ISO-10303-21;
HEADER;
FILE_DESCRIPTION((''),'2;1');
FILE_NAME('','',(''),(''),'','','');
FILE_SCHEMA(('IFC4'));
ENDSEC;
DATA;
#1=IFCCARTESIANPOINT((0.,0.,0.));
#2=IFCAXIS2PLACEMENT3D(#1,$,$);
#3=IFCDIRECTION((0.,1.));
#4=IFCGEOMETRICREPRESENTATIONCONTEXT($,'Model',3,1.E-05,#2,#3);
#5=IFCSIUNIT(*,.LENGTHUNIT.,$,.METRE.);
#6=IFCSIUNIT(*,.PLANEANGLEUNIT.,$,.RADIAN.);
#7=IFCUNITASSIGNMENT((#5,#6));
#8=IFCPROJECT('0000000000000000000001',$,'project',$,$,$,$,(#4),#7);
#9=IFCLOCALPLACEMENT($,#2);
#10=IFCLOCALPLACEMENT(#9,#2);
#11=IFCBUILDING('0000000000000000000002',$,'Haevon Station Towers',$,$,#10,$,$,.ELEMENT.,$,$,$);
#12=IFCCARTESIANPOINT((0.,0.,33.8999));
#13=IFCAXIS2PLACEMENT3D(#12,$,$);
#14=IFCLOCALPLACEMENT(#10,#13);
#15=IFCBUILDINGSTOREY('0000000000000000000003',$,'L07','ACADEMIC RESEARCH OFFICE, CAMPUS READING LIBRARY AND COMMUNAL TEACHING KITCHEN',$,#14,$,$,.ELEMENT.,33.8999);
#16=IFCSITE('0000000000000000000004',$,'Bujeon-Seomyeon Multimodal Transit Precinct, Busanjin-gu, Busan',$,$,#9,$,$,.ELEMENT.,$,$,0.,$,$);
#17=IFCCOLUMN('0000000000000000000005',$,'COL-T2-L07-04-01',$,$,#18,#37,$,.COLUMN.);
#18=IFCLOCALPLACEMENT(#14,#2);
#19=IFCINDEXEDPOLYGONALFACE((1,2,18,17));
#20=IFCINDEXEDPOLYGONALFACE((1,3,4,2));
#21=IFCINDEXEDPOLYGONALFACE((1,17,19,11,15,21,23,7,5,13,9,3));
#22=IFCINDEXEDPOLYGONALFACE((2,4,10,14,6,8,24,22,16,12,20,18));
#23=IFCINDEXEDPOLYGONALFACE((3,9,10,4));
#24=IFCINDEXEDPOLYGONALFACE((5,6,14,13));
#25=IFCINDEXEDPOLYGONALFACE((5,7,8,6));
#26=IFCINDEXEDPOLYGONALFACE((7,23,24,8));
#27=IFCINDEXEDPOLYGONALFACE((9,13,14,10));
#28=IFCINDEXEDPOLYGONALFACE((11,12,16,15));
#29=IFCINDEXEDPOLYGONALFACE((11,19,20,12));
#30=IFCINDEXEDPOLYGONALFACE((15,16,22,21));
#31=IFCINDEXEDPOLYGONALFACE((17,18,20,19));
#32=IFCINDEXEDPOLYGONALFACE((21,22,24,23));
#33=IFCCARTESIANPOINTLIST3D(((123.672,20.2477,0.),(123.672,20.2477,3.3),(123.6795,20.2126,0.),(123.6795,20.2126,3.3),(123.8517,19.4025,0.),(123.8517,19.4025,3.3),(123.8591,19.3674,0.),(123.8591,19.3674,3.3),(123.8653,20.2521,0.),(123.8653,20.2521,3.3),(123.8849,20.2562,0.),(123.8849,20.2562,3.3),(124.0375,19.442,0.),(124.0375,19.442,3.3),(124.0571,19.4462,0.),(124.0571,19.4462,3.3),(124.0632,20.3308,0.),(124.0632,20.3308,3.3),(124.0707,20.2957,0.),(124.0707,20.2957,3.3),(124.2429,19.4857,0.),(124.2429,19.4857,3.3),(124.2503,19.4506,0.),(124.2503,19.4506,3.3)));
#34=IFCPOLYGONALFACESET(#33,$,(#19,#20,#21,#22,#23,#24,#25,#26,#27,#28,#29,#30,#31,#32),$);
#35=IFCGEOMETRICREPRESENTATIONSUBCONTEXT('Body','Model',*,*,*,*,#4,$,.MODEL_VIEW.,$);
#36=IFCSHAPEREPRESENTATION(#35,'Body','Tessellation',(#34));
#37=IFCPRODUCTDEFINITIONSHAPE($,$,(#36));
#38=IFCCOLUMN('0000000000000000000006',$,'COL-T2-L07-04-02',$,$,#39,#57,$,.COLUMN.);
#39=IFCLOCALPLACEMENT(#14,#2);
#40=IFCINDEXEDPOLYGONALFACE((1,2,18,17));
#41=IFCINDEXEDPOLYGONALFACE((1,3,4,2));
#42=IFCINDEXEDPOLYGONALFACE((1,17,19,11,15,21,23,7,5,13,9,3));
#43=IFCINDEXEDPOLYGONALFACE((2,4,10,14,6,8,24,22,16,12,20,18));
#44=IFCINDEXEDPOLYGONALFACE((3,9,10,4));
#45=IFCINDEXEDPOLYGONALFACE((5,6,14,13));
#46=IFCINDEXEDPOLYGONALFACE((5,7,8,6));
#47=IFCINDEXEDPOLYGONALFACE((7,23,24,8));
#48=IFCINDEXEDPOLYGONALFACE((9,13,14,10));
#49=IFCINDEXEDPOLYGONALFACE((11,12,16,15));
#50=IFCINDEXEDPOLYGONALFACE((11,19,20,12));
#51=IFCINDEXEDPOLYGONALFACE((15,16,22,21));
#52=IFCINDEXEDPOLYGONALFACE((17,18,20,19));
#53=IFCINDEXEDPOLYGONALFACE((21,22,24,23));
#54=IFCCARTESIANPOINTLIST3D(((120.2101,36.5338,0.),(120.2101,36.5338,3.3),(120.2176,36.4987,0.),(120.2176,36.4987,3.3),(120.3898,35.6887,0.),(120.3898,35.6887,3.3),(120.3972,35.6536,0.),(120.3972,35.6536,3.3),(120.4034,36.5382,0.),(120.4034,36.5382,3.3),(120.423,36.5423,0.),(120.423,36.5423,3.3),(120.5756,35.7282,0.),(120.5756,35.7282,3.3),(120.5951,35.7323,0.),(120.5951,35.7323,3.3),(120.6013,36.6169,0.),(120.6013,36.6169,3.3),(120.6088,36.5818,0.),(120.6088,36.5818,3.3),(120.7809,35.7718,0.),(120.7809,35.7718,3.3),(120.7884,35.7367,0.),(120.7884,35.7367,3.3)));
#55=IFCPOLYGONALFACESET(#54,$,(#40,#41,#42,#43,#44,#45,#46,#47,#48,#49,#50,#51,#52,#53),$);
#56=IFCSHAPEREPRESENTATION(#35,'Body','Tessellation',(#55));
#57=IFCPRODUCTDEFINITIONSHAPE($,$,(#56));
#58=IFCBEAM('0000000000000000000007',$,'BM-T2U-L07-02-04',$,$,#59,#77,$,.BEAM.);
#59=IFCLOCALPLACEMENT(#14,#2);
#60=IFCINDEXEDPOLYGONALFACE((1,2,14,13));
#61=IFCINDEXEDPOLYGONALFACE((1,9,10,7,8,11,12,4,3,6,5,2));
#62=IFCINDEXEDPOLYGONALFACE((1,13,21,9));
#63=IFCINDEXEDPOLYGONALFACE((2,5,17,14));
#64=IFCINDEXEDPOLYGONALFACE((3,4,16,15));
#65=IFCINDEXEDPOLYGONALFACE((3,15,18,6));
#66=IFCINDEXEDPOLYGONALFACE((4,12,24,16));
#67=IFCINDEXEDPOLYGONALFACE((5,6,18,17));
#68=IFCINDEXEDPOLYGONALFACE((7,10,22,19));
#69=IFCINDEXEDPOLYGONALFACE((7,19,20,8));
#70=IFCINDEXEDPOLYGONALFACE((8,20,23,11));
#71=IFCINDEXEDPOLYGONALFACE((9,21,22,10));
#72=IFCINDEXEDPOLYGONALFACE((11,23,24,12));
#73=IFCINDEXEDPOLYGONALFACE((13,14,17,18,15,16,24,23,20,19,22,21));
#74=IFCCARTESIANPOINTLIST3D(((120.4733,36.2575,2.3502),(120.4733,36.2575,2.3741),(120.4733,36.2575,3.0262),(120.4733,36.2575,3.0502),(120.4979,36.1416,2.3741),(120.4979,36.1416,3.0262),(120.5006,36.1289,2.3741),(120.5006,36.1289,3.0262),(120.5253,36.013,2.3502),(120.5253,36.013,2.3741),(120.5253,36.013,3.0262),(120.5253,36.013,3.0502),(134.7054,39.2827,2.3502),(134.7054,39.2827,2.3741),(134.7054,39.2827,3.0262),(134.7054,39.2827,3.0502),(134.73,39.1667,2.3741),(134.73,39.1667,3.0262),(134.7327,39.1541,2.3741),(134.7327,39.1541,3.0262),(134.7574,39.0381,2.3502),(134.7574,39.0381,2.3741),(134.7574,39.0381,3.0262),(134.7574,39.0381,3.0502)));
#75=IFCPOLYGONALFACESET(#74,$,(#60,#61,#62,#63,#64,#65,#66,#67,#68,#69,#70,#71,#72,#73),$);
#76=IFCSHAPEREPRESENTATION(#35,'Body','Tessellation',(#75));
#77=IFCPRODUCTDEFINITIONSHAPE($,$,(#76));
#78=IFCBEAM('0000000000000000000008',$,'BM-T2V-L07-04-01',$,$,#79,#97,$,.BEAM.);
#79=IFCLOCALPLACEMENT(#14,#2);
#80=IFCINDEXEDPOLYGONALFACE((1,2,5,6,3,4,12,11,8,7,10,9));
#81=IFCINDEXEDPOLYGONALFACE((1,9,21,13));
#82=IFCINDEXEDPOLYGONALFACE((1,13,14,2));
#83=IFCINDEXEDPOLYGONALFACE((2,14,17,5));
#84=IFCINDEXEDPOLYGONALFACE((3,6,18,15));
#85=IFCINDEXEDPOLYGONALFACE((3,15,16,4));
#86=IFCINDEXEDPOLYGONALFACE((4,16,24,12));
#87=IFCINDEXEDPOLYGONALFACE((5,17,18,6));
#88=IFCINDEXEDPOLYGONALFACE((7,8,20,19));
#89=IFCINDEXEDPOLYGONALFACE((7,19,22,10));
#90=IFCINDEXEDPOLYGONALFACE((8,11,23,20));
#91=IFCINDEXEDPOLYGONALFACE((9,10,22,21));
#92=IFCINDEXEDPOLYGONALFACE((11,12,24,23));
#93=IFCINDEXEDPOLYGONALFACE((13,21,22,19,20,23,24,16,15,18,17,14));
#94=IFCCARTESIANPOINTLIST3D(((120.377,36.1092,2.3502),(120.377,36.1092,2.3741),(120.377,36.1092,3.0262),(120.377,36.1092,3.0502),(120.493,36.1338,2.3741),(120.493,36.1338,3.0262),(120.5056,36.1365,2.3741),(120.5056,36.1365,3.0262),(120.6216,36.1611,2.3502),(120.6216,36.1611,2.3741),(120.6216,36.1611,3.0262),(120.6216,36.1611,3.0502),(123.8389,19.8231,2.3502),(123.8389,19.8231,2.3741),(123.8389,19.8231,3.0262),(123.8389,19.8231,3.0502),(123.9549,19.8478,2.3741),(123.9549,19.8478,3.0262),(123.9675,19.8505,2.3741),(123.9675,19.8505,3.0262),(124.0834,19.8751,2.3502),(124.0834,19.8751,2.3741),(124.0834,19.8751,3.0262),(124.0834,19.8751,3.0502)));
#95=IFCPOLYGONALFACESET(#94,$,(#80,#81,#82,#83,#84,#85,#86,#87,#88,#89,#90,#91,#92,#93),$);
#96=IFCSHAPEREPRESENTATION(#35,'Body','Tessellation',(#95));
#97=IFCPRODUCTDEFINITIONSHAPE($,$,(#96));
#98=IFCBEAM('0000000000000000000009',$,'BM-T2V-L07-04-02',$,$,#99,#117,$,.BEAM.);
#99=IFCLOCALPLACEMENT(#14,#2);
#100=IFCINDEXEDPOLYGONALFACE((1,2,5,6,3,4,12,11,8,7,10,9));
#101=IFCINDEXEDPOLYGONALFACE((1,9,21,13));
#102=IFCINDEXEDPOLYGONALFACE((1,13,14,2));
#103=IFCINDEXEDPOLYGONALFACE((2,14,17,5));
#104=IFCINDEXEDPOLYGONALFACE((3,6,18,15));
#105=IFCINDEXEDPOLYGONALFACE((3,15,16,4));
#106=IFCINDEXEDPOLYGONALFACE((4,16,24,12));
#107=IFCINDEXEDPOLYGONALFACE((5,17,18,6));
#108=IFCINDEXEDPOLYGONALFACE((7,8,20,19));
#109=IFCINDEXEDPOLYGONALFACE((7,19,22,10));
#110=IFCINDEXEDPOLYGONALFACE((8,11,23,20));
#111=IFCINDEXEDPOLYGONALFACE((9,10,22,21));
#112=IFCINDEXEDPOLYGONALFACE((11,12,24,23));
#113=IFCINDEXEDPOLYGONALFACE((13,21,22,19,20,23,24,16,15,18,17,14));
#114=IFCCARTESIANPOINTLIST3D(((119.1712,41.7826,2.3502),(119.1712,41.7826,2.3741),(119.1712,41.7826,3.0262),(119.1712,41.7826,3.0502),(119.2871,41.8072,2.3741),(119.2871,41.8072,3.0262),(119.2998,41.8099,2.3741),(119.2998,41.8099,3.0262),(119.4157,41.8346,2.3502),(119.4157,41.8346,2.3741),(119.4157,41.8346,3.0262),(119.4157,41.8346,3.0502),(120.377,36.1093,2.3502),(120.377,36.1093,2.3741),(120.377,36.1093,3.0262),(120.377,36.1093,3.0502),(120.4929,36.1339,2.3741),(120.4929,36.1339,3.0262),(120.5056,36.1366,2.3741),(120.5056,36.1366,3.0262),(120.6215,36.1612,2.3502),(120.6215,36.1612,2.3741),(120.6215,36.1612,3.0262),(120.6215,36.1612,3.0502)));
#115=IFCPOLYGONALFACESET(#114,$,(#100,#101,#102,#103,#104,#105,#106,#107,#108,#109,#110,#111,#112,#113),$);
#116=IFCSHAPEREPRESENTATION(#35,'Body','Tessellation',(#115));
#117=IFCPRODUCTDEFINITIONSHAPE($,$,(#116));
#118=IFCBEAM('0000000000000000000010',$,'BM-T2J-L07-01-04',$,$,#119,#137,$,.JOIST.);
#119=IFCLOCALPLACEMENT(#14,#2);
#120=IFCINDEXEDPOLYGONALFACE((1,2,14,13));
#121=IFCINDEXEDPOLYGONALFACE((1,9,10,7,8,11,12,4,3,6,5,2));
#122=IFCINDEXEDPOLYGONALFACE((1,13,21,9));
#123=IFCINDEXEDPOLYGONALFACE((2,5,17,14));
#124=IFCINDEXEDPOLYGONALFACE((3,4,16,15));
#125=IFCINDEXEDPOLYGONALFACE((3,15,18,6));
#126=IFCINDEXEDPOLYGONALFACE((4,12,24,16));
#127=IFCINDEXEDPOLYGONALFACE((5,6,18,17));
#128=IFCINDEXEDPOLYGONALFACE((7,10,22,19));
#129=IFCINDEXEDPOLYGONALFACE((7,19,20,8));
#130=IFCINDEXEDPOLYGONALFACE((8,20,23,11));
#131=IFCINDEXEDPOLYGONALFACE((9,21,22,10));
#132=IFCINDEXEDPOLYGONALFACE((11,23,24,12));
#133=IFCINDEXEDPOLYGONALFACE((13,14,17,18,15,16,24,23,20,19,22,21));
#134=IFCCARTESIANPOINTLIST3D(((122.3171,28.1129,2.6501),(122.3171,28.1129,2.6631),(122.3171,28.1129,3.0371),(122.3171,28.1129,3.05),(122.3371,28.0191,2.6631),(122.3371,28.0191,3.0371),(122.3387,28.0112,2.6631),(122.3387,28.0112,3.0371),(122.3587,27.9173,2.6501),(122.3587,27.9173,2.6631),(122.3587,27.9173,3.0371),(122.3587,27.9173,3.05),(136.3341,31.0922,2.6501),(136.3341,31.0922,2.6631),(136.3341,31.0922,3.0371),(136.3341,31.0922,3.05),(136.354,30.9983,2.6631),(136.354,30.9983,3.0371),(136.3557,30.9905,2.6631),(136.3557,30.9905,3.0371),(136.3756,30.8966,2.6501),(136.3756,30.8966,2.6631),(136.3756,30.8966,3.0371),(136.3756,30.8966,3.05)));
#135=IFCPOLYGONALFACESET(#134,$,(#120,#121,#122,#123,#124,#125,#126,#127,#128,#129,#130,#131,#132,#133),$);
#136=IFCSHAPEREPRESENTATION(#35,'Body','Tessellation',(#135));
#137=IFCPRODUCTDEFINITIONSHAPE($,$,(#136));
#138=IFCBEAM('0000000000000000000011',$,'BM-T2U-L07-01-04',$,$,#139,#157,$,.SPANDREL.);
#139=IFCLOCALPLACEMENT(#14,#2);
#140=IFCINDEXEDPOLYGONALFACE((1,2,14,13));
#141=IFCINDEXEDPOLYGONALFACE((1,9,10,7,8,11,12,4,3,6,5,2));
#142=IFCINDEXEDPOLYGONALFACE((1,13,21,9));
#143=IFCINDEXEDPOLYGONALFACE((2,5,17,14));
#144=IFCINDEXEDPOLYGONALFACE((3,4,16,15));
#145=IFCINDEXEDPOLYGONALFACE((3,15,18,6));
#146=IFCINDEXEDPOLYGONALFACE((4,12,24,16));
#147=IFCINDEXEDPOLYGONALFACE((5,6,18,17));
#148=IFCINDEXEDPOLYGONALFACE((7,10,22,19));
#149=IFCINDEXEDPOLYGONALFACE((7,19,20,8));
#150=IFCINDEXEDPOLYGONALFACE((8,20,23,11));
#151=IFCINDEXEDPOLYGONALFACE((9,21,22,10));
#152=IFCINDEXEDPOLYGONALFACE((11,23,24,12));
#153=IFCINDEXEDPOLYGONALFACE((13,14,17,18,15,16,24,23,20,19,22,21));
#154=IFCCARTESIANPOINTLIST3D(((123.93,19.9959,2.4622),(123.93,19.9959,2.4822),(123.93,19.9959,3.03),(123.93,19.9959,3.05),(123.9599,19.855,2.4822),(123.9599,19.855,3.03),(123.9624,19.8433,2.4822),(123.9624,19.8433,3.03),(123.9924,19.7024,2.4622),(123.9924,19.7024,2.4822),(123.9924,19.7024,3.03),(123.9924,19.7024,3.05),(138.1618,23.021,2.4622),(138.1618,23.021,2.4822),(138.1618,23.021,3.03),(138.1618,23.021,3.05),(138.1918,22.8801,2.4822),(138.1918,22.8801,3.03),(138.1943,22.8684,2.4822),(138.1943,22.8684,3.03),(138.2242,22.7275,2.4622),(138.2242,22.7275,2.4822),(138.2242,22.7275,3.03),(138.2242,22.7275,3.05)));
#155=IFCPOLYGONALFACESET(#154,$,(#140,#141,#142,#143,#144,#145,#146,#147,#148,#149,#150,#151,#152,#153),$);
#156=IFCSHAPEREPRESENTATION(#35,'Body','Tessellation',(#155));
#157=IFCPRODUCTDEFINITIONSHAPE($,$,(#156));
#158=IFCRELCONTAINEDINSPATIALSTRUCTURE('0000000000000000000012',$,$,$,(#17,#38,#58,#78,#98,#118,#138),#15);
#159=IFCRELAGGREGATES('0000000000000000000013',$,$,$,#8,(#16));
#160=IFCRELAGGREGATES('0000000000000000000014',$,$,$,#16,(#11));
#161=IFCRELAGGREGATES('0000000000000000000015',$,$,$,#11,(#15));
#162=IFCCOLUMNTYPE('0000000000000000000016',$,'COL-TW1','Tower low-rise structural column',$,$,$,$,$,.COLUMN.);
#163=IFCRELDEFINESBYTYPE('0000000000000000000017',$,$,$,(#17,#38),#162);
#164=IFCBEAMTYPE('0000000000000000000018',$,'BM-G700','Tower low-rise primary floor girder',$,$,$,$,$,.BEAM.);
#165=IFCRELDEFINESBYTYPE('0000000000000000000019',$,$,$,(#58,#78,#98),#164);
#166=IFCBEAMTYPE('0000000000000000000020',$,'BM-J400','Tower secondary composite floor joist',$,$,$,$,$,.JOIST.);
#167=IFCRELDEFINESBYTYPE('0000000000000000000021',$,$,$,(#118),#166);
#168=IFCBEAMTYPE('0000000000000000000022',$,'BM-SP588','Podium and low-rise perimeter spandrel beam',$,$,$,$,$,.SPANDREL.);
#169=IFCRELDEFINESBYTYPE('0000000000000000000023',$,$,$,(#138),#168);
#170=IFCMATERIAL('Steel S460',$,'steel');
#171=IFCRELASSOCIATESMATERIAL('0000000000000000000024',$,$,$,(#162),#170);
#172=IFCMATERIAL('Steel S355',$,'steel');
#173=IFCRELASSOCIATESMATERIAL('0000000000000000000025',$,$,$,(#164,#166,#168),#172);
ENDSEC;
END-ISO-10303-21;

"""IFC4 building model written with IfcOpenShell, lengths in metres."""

from ifc_helpers import new_model, si_unit, direction, frame, origin, origin_2d, place, context, subcontext, project, spatial, i_section, extrude, material, material_profile, profile_set, type_object, element, save


model = new_model("IFC4")

# Units and contexts
model_context = context("Model", 3, precision=1e-05, world=origin(), true_north=direction((0.0, 1.0)))
body_context = subcontext(model_context, "Body", "Model", "MODEL_VIEW")
ifc_project = project(units=[si_unit("LENGTHUNIT", "METRE"), si_unit("PLANEANGLEUNIT", "RADIAN")], contexts=[model_context])

# Site, building, storey
site_placement = place(None, origin())
site = spatial("IfcSite", under=ifc_project, at=site_placement, Name="Bujeon-Seomyeon Multimodal Transit Precinct, Busanjin-gu, Busan", CompositionType="ELEMENT", RefElevation=0.0)
building_placement = place(site_placement, origin())
building = spatial("IfcBuilding", under=site, at=building_placement, Name="Haevon Station Towers", CompositionType="ELEMENT")
storey_placement = place(building_placement, frame((0.0, 0.0, 33.8999)))
storey = spatial("IfcBuildingStorey", under=building, at=storey_placement, Name="L07", Description="ACADEMIC RESEARCH OFFICE, CAMPUS READING LIBRARY AND COMMUNAL TEACHING KITCHEN", CompositionType="ELEMENT", Elevation=33.8999)

# Columns
ifc_material_1 = material(Name="Steel S460", Category="steel")
ifc_material_profile_1 = material_profile(ifc_material_1, i_section(OverallWidth=0.3999, OverallDepth=0.8999, WebThickness=0.02, FlangeThickness=0.0359, at=origin_2d()), Name="H-900x400x20x36")
ifc_profile_set_1 = profile_set([ifc_material_profile_1], Name="Steel S460")
column_type = type_object("IfcColumnType", Name="COL-TW1", Description="Tower low-rise structural column", PredefinedType="COLUMN", material=ifc_profile_set_1)
for number, where, z_axis, x_axis, name in (
    (1, (123.9612, 19.8491, 0.0), (0.0, 0.0, 1.0), (0.978148, 0.207912, 0.0), "COL-T2-L07-04-01"),
    (2, (120.4993, 36.1353, 0.0), (0.0, 0.0, 1.0), (0.978148, 0.207912, 0.0), "COL-T2-L07-04-02"),
):
    element("IfcColumn", number, at=place(storey_placement, frame(where, z_axis=z_axis, x_axis=x_axis)), inside=storey, type_object=column_type, Name=name, PredefinedType="COLUMN", context=body_context, shape_type="SweptSolid", body=[
        extrude(i_section(OverallWidth=0.3999, OverallDepth=0.8999, WebThickness=0.02, FlangeThickness=0.0359, at=origin_2d()), origin(), (0.0, 0.0, 1.0), 3.3),
    ])

# Beams
ifc_material_2 = material(Name="Steel S355", Category="steel")
ifc_material_profile_2 = material_profile(ifc_material_2, i_section(OverallWidth=0.25, OverallDepth=0.7, WebThickness=0.0129, FlangeThickness=0.0239, at=origin_2d()), Name="H-700x250x13x24")
ifc_profile_set_2 = profile_set([ifc_material_profile_2], Name="Steel S355")
beam_type_1 = type_object("IfcBeamType", Name="BM-G700", Description="Tower low-rise primary floor girder", PredefinedType="BEAM", material=ifc_profile_set_2)
beam_1_placement = place(storey_placement, frame((120.4993, 36.1353, 2.7002), z_axis=(0.978148, 0.207912, 0.0), x_axis=(-0.207912, 0.978148, 0.0)))
element("IfcBeam", 3, at=beam_1_placement, inside=storey, type_object=beam_type_1, Name="BM-T2U-L07-02-04", PredefinedType="BEAM", context=body_context, shape_type="SweptSolid", body=[
    extrude(i_section(OverallWidth=0.25, OverallDepth=0.7, WebThickness=0.0129, FlangeThickness=0.0239, at=origin_2d()), origin(), (0.0, 0.0, 1.0), 14.55),
])
beam_2_placement = place(storey_placement, frame((123.9612, 19.8491, 2.7002), z_axis=(-0.207923, 0.978145, 0.0), x_axis=(-0.978145, -0.207923, 0.0)))
element("IfcBeam", 4, at=beam_2_placement, inside=storey, type_object=beam_type_1, Name="BM-T2V-L07-04-01", PredefinedType="BEAM", context=body_context, shape_type="SweptSolid", body=[
    extrude(i_section(OverallWidth=0.25, OverallDepth=0.7, WebThickness=0.0129, FlangeThickness=0.0239, at=origin_2d()), origin(), (0.0, 0.0, 1.0), 16.6499),
])
beam_3_placement = place(storey_placement, frame((120.4993, 36.1353, 2.7002), z_axis=(-0.207896, 0.978151, 0.0), x_axis=(-0.978151, -0.207896, 0.0)))
element("IfcBeam", 5, at=beam_3_placement, inside=storey, type_object=beam_type_1, Name="BM-T2V-L07-04-02", PredefinedType="BEAM", context=body_context, shape_type="SweptSolid", body=[
    extrude(i_section(OverallWidth=0.25, OverallDepth=0.7, WebThickness=0.0129, FlangeThickness=0.0239, at=origin_2d()), origin(), (0.0, 0.0, 1.0), 5.8),
])
ifc_material_profile_3 = material_profile(ifc_material_2, i_section(OverallWidth=0.2, OverallDepth=0.3999, WebThickness=0.0081, FlangeThickness=0.0129, at=origin_2d()), Name="H-400x200x8x13")
ifc_profile_set_3 = profile_set([ifc_material_profile_3], Name="Steel S355")
beam_type_2 = type_object("IfcBeamType", Name="BM-J400", Description="Tower secondary composite floor joist", PredefinedType="JOIST", material=ifc_profile_set_3)
beam_4_placement = place(storey_placement, frame((122.3379, 28.0151, 2.8501), z_axis=(0.978149, 0.207903, 0.0), x_axis=(-0.207903, 0.978149, 0.0)))
element("IfcBeam", 6, at=beam_4_placement, inside=storey, type_object=beam_type_2, Name="BM-T2J-L07-01-04", PredefinedType="JOIST", context=body_context, shape_type="SweptSolid", body=[
    extrude(i_section(OverallWidth=0.2, OverallDepth=0.3999, WebThickness=0.0081, FlangeThickness=0.0129, at=origin_2d()), origin(), (0.0, 0.0, 1.0), 14.3301),
])
ifc_material_profile_4 = material_profile(ifc_material_2, i_section(OverallWidth=0.3, OverallDepth=0.5879, WebThickness=0.012, FlangeThickness=0.02, at=origin_2d()), Name="H-588x300x12x20")
ifc_profile_set_4 = profile_set([ifc_material_profile_4], Name="Steel S355")
beam_type_3 = type_object("IfcBeamType", Name="BM-SP588", Description="Podium and low-rise perimeter spandrel beam", PredefinedType="SPANDREL", material=ifc_profile_set_4)
beam_5_placement = place(storey_placement, frame((123.9612, 19.8491, 2.7561), z_axis=(0.978147, 0.207915, 0.0), x_axis=(-0.207915, 0.978147, 0.0)))
element("IfcBeam", 7, at=beam_5_placement, inside=storey, type_object=beam_type_3, Name="BM-T2U-L07-01-04", PredefinedType="SPANDREL", context=body_context, shape_type="SweptSolid", body=[
    extrude(i_section(OverallWidth=0.3, OverallDepth=0.5879, WebThickness=0.012, FlangeThickness=0.02, at=origin_2d()), origin(), (0.0, 0.0, 1.0), 14.5498),
])

save(model, "model.ifc")
